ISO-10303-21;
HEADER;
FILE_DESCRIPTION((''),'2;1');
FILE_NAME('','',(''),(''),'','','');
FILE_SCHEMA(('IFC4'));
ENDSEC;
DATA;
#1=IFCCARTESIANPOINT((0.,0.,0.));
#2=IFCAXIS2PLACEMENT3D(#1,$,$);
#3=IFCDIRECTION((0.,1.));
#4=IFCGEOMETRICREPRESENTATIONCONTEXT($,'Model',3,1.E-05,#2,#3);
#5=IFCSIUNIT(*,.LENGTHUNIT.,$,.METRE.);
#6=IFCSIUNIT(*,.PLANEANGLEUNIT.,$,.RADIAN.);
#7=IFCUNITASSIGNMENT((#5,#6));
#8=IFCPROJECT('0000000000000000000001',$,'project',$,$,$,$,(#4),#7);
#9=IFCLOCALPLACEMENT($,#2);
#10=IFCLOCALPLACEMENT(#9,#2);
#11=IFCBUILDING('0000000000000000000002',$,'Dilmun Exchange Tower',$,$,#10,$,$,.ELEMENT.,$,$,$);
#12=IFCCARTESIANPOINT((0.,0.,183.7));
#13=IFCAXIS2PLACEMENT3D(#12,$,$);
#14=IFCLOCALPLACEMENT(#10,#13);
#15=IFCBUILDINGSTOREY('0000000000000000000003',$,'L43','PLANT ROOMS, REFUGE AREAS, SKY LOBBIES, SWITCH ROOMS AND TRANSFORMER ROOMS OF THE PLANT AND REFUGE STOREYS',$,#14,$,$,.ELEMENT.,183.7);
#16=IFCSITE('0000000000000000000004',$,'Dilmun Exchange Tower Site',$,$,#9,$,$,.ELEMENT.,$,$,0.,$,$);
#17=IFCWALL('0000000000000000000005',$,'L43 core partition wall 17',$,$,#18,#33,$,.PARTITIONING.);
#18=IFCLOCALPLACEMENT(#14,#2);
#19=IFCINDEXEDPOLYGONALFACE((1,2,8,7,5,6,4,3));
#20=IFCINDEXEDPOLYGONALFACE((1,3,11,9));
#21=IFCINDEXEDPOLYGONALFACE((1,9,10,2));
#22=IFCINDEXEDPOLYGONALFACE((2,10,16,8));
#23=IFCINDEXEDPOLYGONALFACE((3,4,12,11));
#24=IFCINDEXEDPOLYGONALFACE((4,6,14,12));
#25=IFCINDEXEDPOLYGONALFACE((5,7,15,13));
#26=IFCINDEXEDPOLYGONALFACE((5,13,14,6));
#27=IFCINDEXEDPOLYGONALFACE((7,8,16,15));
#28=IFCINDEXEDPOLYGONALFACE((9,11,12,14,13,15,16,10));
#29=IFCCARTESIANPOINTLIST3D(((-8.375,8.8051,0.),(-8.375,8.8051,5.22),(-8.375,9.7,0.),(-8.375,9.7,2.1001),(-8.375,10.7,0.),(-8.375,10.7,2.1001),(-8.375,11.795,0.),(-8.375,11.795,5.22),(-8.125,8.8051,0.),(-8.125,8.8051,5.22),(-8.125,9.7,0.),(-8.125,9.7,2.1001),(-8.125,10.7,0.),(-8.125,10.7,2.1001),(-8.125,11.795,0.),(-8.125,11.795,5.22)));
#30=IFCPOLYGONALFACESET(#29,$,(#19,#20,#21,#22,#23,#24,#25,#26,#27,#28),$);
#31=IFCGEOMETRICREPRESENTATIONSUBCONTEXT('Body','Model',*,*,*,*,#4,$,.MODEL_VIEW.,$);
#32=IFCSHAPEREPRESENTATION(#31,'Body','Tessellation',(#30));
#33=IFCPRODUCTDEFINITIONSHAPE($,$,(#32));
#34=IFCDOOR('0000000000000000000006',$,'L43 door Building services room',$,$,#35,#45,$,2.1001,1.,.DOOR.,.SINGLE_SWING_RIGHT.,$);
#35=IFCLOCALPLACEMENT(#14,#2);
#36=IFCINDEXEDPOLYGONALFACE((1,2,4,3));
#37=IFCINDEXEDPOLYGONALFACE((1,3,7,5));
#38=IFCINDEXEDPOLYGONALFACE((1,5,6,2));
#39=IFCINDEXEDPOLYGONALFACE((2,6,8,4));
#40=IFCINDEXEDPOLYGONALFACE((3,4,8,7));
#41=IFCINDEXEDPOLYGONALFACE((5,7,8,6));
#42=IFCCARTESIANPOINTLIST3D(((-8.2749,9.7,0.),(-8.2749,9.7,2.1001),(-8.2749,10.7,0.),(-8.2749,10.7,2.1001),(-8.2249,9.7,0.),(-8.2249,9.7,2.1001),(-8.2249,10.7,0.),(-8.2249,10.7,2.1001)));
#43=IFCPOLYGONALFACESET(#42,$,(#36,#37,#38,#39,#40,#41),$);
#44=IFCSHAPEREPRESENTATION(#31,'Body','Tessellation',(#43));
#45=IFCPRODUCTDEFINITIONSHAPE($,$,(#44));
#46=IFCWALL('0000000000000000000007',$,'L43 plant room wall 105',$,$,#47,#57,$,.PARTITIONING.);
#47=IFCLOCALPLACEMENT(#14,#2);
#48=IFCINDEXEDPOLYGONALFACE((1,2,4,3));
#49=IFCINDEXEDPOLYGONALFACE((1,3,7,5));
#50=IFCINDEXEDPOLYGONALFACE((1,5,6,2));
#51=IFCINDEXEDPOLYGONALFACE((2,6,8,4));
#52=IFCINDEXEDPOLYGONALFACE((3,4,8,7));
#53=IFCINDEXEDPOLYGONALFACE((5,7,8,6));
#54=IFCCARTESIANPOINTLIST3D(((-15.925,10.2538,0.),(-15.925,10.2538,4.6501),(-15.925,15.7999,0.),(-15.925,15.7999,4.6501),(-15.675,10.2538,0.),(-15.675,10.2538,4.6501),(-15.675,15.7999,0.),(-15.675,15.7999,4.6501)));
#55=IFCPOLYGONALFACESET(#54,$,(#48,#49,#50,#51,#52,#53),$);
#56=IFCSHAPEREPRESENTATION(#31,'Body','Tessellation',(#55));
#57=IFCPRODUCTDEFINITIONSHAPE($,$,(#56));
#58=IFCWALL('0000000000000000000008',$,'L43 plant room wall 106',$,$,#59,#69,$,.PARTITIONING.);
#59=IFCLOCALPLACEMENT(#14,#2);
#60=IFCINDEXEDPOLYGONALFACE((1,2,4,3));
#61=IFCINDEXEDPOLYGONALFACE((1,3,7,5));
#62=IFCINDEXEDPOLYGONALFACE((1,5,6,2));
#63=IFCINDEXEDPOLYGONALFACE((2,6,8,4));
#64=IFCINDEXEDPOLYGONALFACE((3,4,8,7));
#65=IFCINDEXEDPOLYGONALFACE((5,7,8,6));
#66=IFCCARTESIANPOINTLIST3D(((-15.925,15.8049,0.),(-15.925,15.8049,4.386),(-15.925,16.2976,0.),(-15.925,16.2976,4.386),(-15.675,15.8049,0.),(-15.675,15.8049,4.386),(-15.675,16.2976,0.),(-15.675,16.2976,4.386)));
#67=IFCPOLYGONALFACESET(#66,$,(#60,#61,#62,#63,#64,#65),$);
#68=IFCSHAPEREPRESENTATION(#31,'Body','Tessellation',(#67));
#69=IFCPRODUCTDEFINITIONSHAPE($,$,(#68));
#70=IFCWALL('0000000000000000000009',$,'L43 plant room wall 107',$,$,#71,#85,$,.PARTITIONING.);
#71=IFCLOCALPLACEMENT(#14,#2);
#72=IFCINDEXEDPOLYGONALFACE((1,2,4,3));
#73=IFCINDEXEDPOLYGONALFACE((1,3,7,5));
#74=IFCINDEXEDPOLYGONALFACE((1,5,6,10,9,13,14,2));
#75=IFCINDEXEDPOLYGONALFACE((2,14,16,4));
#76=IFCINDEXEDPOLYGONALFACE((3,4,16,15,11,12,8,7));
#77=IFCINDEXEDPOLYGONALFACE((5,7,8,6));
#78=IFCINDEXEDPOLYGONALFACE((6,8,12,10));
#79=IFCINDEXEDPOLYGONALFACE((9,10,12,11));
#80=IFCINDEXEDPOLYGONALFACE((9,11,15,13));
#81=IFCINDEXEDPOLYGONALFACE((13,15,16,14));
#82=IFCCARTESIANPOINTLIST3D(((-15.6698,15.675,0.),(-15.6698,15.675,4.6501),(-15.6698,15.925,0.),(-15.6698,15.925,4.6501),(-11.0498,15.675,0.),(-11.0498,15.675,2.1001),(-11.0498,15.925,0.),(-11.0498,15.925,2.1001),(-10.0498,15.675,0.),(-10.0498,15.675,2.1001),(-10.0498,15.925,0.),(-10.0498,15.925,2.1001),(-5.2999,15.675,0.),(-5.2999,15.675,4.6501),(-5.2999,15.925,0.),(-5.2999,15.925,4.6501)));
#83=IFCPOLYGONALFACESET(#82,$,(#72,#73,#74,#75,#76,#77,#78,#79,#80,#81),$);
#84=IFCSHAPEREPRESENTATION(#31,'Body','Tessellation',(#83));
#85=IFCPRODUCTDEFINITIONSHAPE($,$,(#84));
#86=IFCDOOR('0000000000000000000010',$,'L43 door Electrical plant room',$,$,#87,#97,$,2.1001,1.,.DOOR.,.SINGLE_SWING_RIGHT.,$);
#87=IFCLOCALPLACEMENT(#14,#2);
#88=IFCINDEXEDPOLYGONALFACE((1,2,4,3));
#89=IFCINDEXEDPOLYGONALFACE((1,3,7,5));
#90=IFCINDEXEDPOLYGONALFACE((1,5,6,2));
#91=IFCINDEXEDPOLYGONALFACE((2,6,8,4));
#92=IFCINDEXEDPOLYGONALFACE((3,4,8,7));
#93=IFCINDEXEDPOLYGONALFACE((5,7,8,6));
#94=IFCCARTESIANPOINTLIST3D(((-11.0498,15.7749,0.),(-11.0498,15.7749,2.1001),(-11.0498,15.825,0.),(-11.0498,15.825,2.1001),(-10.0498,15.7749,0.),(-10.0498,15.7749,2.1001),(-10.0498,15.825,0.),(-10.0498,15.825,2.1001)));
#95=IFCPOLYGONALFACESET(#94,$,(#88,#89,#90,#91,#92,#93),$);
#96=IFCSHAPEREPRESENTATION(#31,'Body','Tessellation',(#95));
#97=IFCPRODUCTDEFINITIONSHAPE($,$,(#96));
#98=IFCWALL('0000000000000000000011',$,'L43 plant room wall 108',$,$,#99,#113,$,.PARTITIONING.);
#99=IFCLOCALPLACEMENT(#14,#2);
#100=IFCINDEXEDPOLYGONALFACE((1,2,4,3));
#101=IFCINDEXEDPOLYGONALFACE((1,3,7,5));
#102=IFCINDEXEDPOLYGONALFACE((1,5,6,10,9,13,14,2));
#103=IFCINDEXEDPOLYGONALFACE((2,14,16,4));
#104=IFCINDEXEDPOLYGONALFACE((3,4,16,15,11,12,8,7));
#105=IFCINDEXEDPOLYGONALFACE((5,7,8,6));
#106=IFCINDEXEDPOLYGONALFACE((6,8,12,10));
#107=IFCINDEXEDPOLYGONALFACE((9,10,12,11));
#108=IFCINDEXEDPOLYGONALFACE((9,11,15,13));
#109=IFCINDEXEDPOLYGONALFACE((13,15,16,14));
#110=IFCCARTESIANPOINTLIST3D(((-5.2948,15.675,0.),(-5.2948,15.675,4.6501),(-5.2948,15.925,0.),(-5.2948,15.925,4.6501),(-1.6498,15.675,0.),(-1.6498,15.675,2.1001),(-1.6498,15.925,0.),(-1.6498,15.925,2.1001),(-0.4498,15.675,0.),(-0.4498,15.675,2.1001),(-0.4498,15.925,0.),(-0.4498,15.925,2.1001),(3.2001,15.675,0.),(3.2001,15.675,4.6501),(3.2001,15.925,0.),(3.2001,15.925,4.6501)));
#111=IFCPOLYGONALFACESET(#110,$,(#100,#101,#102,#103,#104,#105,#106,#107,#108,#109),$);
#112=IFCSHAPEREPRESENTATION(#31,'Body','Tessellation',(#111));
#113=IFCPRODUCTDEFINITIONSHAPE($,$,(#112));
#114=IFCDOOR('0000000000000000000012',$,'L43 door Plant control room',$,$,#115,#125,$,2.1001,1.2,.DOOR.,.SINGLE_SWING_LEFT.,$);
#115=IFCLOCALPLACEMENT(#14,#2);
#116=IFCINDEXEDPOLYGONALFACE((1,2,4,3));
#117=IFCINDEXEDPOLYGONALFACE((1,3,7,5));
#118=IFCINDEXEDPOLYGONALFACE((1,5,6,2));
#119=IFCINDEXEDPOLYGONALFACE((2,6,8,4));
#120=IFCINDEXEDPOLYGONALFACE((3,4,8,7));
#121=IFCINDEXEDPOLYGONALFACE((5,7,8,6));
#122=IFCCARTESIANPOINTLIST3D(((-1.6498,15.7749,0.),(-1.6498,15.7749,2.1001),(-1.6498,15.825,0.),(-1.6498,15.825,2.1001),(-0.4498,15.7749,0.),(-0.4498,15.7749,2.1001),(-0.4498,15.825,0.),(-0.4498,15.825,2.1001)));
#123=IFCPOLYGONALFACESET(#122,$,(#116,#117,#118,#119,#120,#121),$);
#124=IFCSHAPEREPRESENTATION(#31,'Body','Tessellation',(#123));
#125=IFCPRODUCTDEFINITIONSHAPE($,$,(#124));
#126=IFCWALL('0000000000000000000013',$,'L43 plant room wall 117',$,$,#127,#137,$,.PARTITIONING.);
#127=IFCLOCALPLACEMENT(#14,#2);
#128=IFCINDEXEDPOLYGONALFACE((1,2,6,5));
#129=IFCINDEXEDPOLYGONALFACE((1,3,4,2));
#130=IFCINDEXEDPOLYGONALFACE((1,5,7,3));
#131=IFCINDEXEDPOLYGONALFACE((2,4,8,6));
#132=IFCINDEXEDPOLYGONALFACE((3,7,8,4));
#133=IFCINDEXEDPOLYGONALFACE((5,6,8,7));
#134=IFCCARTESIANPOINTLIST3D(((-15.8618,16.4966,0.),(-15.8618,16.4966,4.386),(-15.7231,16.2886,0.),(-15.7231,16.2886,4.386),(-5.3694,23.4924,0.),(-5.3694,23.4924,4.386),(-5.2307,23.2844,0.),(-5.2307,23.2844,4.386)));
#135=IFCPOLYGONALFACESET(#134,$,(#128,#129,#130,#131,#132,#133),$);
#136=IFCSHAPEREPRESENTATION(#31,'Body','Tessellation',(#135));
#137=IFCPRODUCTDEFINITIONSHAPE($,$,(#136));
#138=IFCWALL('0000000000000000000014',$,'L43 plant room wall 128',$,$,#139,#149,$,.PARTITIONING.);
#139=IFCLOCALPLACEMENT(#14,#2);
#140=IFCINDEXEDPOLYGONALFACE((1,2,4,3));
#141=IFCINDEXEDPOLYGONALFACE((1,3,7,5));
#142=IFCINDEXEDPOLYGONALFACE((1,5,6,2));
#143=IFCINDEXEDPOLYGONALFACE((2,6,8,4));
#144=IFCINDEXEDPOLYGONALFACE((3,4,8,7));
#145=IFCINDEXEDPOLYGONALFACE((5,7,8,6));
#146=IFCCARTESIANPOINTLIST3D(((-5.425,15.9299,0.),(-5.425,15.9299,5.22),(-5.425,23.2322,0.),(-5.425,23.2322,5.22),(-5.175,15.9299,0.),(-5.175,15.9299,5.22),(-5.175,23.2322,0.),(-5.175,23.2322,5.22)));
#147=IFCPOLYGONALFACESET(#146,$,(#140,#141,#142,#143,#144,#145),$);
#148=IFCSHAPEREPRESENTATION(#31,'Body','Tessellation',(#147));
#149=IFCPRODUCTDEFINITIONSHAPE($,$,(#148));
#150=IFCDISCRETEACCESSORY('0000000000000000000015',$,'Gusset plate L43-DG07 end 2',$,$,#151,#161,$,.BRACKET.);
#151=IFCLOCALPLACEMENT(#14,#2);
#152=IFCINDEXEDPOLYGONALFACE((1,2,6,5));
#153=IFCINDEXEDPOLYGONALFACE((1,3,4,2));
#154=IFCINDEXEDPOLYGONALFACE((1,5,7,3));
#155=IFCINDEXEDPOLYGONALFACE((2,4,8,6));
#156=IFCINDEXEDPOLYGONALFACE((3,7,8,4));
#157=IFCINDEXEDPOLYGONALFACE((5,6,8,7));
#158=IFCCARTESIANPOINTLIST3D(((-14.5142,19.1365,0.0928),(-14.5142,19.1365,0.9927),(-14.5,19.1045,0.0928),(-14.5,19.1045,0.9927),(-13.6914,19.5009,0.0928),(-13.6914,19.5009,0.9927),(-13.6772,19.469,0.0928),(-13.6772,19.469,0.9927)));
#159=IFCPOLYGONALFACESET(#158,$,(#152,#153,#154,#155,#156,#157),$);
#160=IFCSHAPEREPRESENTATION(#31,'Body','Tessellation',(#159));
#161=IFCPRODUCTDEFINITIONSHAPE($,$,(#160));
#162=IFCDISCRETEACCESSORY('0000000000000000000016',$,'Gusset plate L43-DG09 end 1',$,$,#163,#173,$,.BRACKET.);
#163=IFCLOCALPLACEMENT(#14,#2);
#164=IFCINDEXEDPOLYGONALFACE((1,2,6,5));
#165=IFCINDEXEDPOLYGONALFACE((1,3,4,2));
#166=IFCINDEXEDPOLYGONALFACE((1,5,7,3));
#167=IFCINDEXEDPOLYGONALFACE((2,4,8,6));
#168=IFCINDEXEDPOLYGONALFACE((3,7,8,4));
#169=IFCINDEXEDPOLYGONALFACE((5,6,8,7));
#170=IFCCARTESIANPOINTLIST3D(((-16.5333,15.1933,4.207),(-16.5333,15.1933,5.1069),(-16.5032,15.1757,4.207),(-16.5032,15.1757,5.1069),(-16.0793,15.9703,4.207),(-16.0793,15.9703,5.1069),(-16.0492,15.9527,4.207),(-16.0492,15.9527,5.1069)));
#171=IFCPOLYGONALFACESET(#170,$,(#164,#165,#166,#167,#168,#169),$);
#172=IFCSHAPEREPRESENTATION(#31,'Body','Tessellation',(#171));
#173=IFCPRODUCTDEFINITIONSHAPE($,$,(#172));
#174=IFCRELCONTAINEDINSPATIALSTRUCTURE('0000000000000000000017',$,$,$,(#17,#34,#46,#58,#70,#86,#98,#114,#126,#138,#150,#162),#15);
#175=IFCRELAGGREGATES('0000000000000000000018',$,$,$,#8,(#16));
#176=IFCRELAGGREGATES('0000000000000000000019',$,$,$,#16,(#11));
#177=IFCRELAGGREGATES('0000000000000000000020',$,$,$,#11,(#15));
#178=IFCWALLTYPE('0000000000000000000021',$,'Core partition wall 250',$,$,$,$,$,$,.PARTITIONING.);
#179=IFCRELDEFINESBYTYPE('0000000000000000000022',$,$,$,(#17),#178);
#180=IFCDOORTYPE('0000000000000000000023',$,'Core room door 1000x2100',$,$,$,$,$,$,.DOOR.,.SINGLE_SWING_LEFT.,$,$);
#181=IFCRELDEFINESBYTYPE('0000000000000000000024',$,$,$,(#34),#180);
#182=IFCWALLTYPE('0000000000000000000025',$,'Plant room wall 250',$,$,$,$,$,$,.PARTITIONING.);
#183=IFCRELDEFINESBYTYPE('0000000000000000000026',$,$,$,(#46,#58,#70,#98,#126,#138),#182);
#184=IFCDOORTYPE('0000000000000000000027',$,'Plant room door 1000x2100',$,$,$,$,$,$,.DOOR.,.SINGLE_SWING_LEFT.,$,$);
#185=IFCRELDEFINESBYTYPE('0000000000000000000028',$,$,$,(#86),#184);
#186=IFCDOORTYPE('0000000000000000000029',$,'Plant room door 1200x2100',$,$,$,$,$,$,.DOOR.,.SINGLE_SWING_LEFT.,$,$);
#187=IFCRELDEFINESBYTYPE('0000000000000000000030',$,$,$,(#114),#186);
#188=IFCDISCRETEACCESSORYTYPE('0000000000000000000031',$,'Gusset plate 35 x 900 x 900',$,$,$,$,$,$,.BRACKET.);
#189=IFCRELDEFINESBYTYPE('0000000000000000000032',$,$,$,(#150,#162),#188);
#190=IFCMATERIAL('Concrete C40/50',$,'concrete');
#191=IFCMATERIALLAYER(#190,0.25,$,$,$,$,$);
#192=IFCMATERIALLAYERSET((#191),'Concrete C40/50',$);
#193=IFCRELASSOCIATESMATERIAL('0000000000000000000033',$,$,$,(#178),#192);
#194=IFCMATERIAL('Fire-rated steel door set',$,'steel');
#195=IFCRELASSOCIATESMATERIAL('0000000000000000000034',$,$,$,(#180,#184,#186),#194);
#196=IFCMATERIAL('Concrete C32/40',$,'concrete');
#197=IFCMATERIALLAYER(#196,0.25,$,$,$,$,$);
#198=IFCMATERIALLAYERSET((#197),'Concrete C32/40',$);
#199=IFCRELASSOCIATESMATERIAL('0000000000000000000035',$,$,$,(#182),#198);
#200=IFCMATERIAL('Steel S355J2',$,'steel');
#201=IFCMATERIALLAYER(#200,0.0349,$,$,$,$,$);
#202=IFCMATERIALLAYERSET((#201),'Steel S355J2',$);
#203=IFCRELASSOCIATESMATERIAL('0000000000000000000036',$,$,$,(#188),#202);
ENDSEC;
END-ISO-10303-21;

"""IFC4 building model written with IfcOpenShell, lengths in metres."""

from ifc_helpers import new_model, si_unit, direction, frame, frame_2d, origin, origin_2d, place, context, subcontext, project, spatial, rectangle, extrude, material, layer, layer_set, type_object, element, fill, save


model = new_model("IFC4")

# Units and contexts
model_context = context("Model", 3, precision=1e-05, world=origin(), true_north=direction((0.0, 1.0)))
body_context = subcontext(model_context, "Body", "Model", "MODEL_VIEW")
ifc_project = project(units=[si_unit("LENGTHUNIT", "METRE"), si_unit("PLANEANGLEUNIT", "RADIAN")], contexts=[model_context])

# Site, building, storey
site_placement = place(None, origin())
site = spatial("IfcSite", under=ifc_project, at=site_placement, Name="Dilmun Exchange Tower Site", CompositionType="ELEMENT", RefElevation=0.0)
building_placement = place(site_placement, origin())
building = spatial("IfcBuilding", under=site, at=building_placement, Name="Dilmun Exchange Tower", CompositionType="ELEMENT")
storey_placement = place(building_placement, frame((0.0, 0.0, 183.7)))
storey = spatial("IfcBuildingStorey", under=building, at=storey_placement, Name="L43", Description="PLANT ROOMS, REFUGE AREAS, SKY LOBBIES, SWITCH ROOMS AND TRANSFORMER ROOMS OF THE PLANT AND REFUGE STOREYS", CompositionType="ELEMENT", Elevation=183.7)

# Shared definitions
ifc_material_1 = material(Name="Concrete C40/50", Category="concrete")

# Shared definitions
ifc_layer_1 = layer(ifc_material_1, 0.25)
ifc_layer_set_1 = layer_set([ifc_layer_1], Name="Concrete C40/50")
wall_type_1 = type_object("IfcWallType", Name="Core partition wall 250", PredefinedType="PARTITIONING", material=ifc_layer_set_1)
ifc_material_2 = material(Name="Fire-rated steel door set", Category="steel")

# Wall, opening, door
wall_1_placement = place(storey_placement, frame((-8.25, 8.8049, 0.0), z_axis=(0.0, 0.0, 1.0), x_axis=(0.0, 1.0, 0.0)))
wall_1 = element("IfcWall", 1, at=wall_1_placement, inside=storey, type_object=wall_type_1, Name="L43 core partition wall 17", PredefinedType="PARTITIONING", context=body_context, shape_type="SweptSolid", body=[
    extrude(rectangle(XDim=2.99, YDim=0.25, at=frame_2d((1.4951, 0.0))), origin(), (0.0, 0.0, 1.0), 5.22),
])
opening_1_placement = place(wall_1_placement, frame((0.895, 0.0, 0.0)))
opening_1 = element("IfcOpeningElement", 2, at=opening_1_placement, cuts=wall_1, PredefinedType="OPENING", context=body_context, shape_type="SweptSolid", body=[
    extrude(rectangle(XDim=1.0, YDim=2.1001, at=frame_2d((0.5, 1.05))), frame((0.0, 0.135, 0.0), z_axis=(0.0, -1.0, 0.0), x_axis=(1.0, 0.0, 0.0)), (0.0, 0.0, 1.0), 0.27),
])
door_type_1 = type_object("IfcDoorType", Name="Core room door 1000x2100", OperationType="SINGLE_SWING_LEFT", PredefinedType="DOOR", material=ifc_material_2)
door_1_placement = place(opening_1_placement, origin())
door_1 = element("IfcDoor", 3, at=door_1_placement, inside=storey, type_object=door_type_1, Name="L43 door Building services room", OperationType="SINGLE_SWING_RIGHT", OverallHeight=2.1001, OverallWidth=1.0, PredefinedType="DOOR", context=body_context, shape_type="SweptSolid", body=[
    extrude(rectangle(XDim=1.0, YDim=2.1001, at=frame_2d((0.5, 1.05))), frame((0.0, 0.0249, 0.0), z_axis=(0.0, -1.0, 0.0), x_axis=(1.0, 0.0, 0.0)), (0.0, 0.0, 1.0), 0.05),
])
fill(opening_1, door_1)

# Walls
ifc_material_3 = material(Name="Concrete C32/40", Category="concrete")
ifc_layer_2 = layer(ifc_material_3, 0.25)
ifc_layer_set_2 = layer_set([ifc_layer_2], Name="Concrete C32/40")
wall_type_2 = type_object("IfcWallType", Name="Plant room wall 250", PredefinedType="PARTITIONING", material=ifc_layer_set_2)
wall_2_placement = place(storey_placement, frame((-15.8, 10.2539, 0.0), z_axis=(0.0, 0.0, 1.0), x_axis=(0.0, 1.0, 0.0)))
element("IfcWall", 4, at=wall_2_placement, inside=storey, type_object=wall_type_2, Name="L43 plant room wall 105", PredefinedType="PARTITIONING", context=body_context, shape_type="SweptSolid", body=[
    extrude(rectangle(XDim=5.5461, YDim=0.25, at=frame_2d((2.7729, 0.0))), origin(), (0.0, 0.0, 1.0), 4.6501),
])
wall_3_placement = place(storey_placement, frame((-15.8, 15.8049, 0.0), z_axis=(0.0, 0.0, 1.0), x_axis=(0.0, 1.0, 0.0)))
element("IfcWall", 5, at=wall_3_placement, inside=storey, type_object=wall_type_2, Name="L43 plant room wall 106", PredefinedType="PARTITIONING", context=body_context, shape_type="SweptSolid", body=[
    extrude(rectangle(XDim=0.4927, YDim=0.25, at=frame_2d((0.2463, 0.0))), origin(), (0.0, 0.0, 1.0), 4.386),
])

# Walls, openings, doors
wall_4_placement = place(storey_placement, frame((-15.6699, 15.8, 0.0), z_axis=(0.0, 0.0, 1.0), x_axis=(1.0, 0.0, 0.0)))
wall_4 = element("IfcWall", 6, at=wall_4_placement, inside=storey, type_object=wall_type_2, Name="L43 plant room wall 107", PredefinedType="PARTITIONING", context=body_context, shape_type="SweptSolid", body=[
    extrude(rectangle(XDim=10.3699, YDim=0.25, at=frame_2d((5.1851, 0.0))), origin(), (0.0, 0.0, 1.0), 4.6501),
])
opening_2_placement = place(wall_4_placement, frame((4.6201, 0.0, 0.0)))
opening_2 = element("IfcOpeningElement", 7, at=opening_2_placement, cuts=wall_4, PredefinedType="OPENING", context=body_context, shape_type="SweptSolid", body=[
    extrude(rectangle(XDim=1.0, YDim=2.1001, at=frame_2d((0.5, 1.05))), frame((0.0, 0.135, 0.0), z_axis=(0.0, -1.0, 0.0), x_axis=(1.0, 0.0, 0.0)), (0.0, 0.0, 1.0), 0.27),
])
door_type_2 = type_object("IfcDoorType", Name="Plant room door 1000x2100", OperationType="SINGLE_SWING_LEFT", PredefinedType="DOOR", material=ifc_material_2)
door_2_placement = place(opening_2_placement, origin())
door_2 = element("IfcDoor", 8, at=door_2_placement, inside=storey, type_object=door_type_2, Name="L43 door Electrical plant room", OperationType="SINGLE_SWING_RIGHT", OverallHeight=2.1001, OverallWidth=1.0, PredefinedType="DOOR", context=body_context, shape_type="SweptSolid", body=[
    extrude(rectangle(XDim=1.0, YDim=2.1001, at=frame_2d((0.5, 1.05))), frame((0.0, 0.0249, 0.0), z_axis=(0.0, -1.0, 0.0), x_axis=(1.0, 0.0, 0.0)), (0.0, 0.0, 1.0), 0.05),
])
fill(opening_2, door_2)
wall_5_placement = place(storey_placement, frame((-5.2949, 15.8, 0.0), z_axis=(0.0, 0.0, 1.0), x_axis=(1.0, 0.0, 0.0)))
wall_5 = element("IfcWall", 9, at=wall_5_placement, inside=storey, type_object=wall_type_2, Name="L43 plant room wall 108", PredefinedType="PARTITIONING", context=body_context, shape_type="SweptSolid", body=[
    extrude(rectangle(XDim=8.4949, YDim=0.25, at=frame_2d((4.2476, 0.0))), origin(), (0.0, 0.0, 1.0), 4.6501),
])
opening_3_placement = place(wall_5_placement, frame((3.645, 0.0, 0.0)))
opening_3 = element("IfcOpeningElement", 10, at=opening_3_placement, cuts=wall_5, PredefinedType="OPENING", context=body_context, shape_type="SweptSolid", body=[
    extrude(rectangle(XDim=1.2, YDim=2.1001, at=frame_2d((0.6001, 1.05))), frame((0.0, 0.135, 0.0), z_axis=(0.0, -1.0, 0.0), x_axis=(1.0, 0.0, 0.0)), (0.0, 0.0, 1.0), 0.27),
])
door_type_3 = type_object("IfcDoorType", Name="Plant room door 1200x2100", OperationType="SINGLE_SWING_LEFT", PredefinedType="DOOR", material=ifc_material_2)
door_3_placement = place(opening_3_placement, origin())
door_3 = element("IfcDoor", 11, at=door_3_placement, inside=storey, type_object=door_type_3, Name="L43 door Plant control room", OperationType="SINGLE_SWING_LEFT", OverallHeight=2.1001, OverallWidth=1.2, PredefinedType="DOOR", context=body_context, shape_type="SweptSolid", body=[
    extrude(rectangle(XDim=1.2, YDim=2.1001, at=frame_2d((0.6001, 1.05))), frame((0.0, 0.0249, 0.0), z_axis=(0.0, -1.0, 0.0), x_axis=(1.0, 0.0, 0.0)), (0.0, 0.0, 1.0), 0.05),
])
fill(opening_3, door_3)

# Walls
wall_6_placement = place(storey_placement, frame((-15.7925, 16.3926, 0.0), z_axis=(0.0, 0.0, 1.0), x_axis=(0.832018, 0.554749, 0.0)))
element("IfcWall", 12, at=wall_6_placement, inside=storey, type_object=wall_type_2, Name="L43 plant room wall 117", PredefinedType="PARTITIONING", context=body_context, shape_type="SweptSolid", body=[
    extrude(rectangle(XDim=12.6108, YDim=0.25, at=frame_2d((6.3054, 0.0))), origin(), (0.0, 0.0, 1.0), 4.386),
])
wall_7_placement = place(storey_placement, frame((-5.3, 15.9299, 0.0), z_axis=(0.0, 0.0, 1.0), x_axis=(0.0, 1.0, 0.0)))
element("IfcWall", 13, at=wall_7_placement, inside=storey, type_object=wall_type_2, Name="L43 plant room wall 128", PredefinedType="PARTITIONING", context=body_context, shape_type="SweptSolid", body=[
    extrude(rectangle(XDim=7.3022, YDim=0.25, at=frame_2d((3.6511, 0.0))), origin(), (0.0, 0.0, 1.0), 5.22),
])

# Discrete accessories
ifc_material_4 = material(Name="Steel S355J2", Category="steel")
ifc_layer_3 = layer(ifc_material_4, 0.0349)
ifc_layer_set_3 = layer_set([ifc_layer_3], Name="Steel S355J2")
discrete_accessory_type = type_object("IfcDiscreteAccessoryType", Name="Gusset plate 35 x 900 x 900", PredefinedType="BRACKET", material=ifc_layer_set_3)
for number, where, z_axis, x_axis, name in (
    (14, (-14.0957, 19.3027, 0.0928), (0.0, 0.0, 1.0), (-0.914308, -0.40502, 0.0), "Gusset plate L43-DG07 end 2"),
    (15, (-16.2913, 15.573, 4.207), (0.0, 0.0, 1.0), (0.504514, 0.863403, 0.0), "Gusset plate L43-DG09 end 1"),
):
    element("IfcDiscreteAccessory", number, at=place(storey_placement, frame(where, z_axis=z_axis, x_axis=x_axis)), inside=storey, type_object=discrete_accessory_type, Name=name, PredefinedType="BRACKET", context=body_context, shape_type="SweptSolid", body=[
        extrude(rectangle(XDim=0.8999, YDim=0.0349, at=origin_2d()), origin(), (0.0, 0.0, 1.0), 0.8999),
    ])

save(model, "model.ifc")
